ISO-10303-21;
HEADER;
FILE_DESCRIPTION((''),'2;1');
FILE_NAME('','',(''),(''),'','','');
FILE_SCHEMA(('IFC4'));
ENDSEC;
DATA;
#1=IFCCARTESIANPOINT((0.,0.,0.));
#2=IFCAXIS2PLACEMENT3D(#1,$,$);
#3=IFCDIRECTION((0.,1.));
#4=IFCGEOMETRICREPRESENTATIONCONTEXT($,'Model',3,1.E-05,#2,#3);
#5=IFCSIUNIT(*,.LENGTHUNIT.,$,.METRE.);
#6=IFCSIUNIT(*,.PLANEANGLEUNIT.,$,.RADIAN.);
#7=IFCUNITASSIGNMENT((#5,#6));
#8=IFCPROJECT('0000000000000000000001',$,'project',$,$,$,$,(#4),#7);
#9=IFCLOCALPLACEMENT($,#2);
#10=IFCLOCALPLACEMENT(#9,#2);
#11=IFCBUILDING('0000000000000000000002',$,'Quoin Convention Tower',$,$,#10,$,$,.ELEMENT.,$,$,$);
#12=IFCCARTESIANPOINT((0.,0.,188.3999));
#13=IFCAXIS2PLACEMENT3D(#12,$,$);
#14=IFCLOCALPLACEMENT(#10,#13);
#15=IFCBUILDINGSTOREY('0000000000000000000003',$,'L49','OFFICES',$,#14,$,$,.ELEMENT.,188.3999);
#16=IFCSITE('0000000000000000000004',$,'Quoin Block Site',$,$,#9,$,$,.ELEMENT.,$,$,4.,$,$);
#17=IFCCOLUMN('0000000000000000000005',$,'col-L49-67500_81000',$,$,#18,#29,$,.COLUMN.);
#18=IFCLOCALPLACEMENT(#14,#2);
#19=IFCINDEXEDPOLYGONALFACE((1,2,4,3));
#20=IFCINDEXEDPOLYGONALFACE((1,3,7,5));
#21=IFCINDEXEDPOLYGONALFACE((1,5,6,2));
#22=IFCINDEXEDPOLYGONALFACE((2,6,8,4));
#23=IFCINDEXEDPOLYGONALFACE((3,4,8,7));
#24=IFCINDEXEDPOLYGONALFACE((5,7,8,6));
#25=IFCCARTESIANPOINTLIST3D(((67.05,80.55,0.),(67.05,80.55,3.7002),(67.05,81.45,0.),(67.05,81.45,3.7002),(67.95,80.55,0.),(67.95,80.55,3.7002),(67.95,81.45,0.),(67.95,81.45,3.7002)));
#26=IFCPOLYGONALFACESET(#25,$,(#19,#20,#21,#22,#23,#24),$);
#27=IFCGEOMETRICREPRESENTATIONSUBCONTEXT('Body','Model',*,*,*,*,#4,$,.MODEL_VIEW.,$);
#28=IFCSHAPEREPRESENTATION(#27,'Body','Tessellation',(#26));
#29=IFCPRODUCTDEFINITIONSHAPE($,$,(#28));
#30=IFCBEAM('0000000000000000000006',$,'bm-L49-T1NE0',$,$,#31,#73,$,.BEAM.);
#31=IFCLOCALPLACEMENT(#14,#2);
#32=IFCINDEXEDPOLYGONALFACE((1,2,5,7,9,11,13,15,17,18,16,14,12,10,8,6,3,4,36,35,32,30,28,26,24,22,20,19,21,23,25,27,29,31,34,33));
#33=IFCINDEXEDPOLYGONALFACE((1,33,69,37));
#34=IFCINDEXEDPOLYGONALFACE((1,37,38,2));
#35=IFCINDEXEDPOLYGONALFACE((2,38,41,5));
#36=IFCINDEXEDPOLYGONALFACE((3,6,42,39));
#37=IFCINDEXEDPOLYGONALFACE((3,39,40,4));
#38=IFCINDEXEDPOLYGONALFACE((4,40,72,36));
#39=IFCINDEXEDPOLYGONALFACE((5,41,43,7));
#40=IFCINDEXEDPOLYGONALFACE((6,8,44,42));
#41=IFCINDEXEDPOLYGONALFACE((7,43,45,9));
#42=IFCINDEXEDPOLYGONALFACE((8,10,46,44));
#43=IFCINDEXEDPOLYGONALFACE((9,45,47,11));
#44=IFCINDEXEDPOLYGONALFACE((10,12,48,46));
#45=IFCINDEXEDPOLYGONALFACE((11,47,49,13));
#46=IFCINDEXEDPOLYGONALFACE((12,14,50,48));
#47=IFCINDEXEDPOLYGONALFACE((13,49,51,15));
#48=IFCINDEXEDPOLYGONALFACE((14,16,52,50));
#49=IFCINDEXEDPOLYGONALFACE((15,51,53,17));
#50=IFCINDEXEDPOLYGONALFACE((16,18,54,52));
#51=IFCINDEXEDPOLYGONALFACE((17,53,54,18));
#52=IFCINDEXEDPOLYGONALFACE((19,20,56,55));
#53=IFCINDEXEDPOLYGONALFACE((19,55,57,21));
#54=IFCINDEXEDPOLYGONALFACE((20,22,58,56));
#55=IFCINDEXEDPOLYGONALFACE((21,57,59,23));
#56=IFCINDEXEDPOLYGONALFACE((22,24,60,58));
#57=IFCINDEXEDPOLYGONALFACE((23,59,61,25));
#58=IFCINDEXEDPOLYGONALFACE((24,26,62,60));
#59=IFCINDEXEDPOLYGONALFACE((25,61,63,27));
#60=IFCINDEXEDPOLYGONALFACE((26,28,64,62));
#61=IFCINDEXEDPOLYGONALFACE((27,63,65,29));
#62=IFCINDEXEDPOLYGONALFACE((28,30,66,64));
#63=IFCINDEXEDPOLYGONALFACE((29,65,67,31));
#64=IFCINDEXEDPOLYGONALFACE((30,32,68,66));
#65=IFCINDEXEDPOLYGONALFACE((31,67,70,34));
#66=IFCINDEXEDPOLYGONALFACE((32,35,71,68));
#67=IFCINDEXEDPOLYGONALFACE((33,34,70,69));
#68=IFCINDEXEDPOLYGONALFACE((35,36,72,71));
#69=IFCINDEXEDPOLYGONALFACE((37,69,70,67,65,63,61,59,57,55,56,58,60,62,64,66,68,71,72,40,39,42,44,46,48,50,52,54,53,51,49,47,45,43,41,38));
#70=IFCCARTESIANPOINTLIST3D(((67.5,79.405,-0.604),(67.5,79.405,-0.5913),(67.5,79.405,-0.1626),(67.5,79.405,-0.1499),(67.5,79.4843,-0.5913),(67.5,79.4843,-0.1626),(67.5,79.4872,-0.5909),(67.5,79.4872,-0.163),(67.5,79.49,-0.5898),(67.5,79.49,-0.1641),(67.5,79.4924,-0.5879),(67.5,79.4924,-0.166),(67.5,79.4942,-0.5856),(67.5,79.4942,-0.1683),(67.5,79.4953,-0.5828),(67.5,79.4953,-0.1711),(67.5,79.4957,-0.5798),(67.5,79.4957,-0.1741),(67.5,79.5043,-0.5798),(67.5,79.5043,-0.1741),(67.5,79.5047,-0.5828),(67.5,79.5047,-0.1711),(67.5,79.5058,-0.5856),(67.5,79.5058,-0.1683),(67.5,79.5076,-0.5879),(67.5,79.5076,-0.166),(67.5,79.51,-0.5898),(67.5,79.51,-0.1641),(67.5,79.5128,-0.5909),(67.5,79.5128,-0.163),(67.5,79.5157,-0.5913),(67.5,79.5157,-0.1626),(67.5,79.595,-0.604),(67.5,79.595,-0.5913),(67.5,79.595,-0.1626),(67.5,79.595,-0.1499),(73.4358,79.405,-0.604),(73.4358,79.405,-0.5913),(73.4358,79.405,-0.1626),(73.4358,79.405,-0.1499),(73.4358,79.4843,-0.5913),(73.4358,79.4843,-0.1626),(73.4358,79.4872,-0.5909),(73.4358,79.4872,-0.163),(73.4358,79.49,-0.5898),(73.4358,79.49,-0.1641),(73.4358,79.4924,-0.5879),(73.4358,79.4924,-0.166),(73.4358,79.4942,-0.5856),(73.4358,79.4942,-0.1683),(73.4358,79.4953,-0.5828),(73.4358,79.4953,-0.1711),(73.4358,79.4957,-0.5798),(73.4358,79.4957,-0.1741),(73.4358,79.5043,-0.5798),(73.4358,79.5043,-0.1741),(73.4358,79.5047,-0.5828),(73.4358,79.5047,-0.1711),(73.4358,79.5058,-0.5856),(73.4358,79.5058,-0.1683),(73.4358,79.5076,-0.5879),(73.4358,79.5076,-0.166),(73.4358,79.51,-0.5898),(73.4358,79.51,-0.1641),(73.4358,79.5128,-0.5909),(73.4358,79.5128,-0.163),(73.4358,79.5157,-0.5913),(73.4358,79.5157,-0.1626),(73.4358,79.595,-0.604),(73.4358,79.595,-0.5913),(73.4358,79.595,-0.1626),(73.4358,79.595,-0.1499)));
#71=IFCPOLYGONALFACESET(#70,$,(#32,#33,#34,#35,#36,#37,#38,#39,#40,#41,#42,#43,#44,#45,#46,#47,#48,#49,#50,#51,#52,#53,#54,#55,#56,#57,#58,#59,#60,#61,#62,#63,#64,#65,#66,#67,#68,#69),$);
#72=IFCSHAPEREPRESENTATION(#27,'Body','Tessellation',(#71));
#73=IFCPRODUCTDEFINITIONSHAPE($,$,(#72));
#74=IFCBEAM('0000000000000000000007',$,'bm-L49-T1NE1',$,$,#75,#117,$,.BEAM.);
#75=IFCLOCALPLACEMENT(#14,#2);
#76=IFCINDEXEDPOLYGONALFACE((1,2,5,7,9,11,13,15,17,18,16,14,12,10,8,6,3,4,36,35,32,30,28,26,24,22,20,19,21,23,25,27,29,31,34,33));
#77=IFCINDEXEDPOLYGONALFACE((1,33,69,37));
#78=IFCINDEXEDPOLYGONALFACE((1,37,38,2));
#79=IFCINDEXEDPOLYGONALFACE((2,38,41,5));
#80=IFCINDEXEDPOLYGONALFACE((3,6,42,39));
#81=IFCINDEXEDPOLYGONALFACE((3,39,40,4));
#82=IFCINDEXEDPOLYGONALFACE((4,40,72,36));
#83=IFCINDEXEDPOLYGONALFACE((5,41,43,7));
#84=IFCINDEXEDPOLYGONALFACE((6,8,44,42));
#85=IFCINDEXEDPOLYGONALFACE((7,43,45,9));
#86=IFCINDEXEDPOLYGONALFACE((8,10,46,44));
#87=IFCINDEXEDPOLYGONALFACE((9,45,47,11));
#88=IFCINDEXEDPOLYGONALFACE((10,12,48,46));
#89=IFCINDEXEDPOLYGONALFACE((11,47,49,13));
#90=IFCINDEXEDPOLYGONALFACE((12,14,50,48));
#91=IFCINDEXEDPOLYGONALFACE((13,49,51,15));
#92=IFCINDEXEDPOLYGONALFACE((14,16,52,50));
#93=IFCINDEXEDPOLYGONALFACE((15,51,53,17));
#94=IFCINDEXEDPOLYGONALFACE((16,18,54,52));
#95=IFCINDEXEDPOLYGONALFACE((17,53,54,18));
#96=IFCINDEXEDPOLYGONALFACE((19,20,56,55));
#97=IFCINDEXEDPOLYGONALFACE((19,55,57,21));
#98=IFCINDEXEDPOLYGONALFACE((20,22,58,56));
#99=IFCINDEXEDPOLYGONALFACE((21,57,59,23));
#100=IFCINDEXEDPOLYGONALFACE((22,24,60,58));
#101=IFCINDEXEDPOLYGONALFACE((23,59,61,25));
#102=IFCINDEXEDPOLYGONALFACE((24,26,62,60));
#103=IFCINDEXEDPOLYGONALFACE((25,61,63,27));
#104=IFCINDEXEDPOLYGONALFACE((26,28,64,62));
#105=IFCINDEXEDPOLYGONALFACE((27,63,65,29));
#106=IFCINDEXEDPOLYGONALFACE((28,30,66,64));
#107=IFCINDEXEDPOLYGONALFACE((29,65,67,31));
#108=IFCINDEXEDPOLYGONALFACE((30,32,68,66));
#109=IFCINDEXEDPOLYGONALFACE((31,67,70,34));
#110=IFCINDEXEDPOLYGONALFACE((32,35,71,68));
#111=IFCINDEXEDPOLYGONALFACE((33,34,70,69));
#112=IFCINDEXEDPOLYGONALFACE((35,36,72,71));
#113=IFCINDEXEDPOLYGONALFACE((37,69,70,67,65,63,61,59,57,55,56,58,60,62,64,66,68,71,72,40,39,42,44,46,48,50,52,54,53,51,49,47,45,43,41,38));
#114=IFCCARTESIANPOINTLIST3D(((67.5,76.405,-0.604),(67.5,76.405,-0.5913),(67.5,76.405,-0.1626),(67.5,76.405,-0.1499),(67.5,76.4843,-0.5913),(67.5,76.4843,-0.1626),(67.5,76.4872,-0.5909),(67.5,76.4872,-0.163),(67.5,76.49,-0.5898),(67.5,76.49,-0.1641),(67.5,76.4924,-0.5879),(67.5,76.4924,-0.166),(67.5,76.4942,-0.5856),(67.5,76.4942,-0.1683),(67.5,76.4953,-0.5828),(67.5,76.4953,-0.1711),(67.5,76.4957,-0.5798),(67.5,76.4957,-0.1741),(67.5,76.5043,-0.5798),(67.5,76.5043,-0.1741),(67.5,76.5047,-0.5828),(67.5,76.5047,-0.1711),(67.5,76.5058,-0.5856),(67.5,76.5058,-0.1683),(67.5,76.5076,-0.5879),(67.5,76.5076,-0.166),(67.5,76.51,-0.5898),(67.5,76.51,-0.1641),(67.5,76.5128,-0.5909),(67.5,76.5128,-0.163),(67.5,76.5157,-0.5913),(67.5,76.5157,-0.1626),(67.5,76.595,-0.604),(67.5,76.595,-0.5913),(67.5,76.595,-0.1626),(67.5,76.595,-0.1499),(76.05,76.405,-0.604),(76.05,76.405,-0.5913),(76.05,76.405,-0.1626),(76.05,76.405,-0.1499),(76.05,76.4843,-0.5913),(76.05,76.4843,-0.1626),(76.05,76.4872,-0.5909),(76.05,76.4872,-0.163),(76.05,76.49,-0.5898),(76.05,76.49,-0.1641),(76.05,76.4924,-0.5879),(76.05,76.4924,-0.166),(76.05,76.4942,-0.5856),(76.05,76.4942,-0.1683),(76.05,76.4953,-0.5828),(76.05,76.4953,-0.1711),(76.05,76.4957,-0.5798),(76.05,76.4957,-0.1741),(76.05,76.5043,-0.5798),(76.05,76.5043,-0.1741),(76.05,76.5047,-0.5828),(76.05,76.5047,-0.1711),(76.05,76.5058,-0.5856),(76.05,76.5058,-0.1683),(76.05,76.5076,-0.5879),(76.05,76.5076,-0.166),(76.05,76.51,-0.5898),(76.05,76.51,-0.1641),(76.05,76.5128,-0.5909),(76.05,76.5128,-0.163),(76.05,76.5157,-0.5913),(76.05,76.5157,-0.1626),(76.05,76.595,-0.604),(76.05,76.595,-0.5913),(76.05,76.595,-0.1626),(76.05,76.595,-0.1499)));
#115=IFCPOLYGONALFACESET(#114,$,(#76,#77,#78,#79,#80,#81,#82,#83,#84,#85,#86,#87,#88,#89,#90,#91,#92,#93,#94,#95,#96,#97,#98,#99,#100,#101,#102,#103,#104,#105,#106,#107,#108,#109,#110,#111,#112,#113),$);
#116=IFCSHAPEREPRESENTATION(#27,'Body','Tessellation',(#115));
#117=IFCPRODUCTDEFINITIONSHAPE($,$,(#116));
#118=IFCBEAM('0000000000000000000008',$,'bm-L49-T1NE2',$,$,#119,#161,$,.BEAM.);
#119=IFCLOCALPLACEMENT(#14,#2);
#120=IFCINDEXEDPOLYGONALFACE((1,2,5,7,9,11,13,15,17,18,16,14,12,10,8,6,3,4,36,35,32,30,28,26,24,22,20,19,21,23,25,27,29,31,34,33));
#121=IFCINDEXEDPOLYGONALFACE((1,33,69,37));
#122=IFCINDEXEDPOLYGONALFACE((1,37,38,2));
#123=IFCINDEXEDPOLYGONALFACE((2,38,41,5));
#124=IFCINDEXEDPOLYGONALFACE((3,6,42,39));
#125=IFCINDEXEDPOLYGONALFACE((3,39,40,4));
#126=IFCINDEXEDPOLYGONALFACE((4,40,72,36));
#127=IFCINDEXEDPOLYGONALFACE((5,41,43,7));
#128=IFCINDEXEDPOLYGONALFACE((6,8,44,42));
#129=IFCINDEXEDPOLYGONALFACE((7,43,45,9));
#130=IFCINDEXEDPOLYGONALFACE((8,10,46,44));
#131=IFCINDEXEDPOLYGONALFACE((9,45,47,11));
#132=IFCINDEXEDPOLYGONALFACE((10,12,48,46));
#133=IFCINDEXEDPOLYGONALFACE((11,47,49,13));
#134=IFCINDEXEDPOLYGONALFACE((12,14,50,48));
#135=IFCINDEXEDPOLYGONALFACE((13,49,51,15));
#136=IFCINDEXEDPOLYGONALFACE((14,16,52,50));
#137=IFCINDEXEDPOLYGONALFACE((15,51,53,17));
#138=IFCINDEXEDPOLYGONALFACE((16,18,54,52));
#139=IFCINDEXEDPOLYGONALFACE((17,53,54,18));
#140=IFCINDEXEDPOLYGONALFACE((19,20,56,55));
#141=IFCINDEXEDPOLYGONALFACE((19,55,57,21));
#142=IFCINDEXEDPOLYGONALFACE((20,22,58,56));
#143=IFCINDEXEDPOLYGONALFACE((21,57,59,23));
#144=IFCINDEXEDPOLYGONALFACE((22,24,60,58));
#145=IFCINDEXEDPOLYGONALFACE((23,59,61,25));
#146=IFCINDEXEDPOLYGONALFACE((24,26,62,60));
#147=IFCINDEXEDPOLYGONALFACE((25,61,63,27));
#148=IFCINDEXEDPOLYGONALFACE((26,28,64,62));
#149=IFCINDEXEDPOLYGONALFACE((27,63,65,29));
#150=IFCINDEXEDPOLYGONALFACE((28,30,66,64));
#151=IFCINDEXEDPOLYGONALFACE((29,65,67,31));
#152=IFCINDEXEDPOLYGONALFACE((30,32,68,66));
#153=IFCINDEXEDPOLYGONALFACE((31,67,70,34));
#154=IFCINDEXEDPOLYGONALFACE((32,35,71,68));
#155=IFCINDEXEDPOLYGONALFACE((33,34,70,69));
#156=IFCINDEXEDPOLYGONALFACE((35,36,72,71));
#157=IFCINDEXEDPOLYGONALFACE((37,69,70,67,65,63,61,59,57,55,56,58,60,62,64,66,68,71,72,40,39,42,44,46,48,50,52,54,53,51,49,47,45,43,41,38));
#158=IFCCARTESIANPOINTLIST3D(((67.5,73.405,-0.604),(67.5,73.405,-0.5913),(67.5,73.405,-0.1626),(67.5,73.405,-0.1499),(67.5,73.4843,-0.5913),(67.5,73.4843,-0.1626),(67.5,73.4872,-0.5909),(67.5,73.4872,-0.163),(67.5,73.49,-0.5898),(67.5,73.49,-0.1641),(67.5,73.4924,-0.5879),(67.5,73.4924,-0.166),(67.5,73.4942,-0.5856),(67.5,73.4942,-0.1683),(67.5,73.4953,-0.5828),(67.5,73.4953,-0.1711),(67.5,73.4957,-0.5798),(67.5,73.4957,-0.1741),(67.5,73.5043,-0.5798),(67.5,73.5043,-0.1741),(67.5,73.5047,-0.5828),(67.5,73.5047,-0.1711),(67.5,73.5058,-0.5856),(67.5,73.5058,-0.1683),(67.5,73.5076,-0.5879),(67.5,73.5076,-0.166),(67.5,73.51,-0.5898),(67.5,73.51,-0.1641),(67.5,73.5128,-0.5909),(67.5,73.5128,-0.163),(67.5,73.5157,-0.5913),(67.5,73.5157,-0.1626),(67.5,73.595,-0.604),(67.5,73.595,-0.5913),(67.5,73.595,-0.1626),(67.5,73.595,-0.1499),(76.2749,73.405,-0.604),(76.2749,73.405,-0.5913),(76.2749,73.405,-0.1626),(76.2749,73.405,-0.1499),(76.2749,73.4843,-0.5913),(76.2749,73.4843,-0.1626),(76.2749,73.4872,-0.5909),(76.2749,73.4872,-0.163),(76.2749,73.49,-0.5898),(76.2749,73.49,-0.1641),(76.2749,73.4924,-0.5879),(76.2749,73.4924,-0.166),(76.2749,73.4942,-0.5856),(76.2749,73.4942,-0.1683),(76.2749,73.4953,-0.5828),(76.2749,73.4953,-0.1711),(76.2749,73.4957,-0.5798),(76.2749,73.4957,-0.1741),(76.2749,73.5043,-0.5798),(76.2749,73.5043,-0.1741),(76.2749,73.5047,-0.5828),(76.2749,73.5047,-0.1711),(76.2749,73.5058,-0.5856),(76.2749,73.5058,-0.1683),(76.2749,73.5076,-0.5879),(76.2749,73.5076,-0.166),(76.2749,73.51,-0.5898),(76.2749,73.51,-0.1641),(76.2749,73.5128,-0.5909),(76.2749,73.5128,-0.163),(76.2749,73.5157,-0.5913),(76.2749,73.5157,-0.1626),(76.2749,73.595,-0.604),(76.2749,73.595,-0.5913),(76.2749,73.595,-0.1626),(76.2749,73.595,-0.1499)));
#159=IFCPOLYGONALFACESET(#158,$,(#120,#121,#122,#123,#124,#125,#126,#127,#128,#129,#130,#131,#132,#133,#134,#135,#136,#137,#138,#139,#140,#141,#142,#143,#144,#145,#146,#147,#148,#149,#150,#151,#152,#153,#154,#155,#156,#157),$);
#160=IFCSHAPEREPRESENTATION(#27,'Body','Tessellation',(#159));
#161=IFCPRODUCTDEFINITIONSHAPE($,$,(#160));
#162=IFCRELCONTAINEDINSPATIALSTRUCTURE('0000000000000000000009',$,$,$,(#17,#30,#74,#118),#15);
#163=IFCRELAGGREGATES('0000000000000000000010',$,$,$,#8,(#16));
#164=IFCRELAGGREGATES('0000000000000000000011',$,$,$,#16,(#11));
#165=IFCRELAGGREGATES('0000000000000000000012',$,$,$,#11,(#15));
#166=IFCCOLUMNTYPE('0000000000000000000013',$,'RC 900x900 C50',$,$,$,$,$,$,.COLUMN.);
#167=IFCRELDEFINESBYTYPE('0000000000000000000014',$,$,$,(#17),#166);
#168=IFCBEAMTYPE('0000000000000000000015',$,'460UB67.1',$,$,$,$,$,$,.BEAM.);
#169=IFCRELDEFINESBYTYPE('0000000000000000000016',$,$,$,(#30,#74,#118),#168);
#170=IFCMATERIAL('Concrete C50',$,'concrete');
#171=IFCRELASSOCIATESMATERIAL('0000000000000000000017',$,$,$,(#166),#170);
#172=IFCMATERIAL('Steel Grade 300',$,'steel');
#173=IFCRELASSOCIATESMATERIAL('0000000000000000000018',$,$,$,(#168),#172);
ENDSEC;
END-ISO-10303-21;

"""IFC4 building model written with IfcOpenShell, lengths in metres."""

from ifc_helpers import new_model, si_unit, direction, frame, origin, origin_2d, place, context, subcontext, project, spatial, rectangle, i_section, extrude, material, material_profile, profile_set, type_object, element, save


model = new_model("IFC4")

# Units and contexts
model_context = context("Model", 3, precision=1e-05, world=origin(), true_north=direction((0.0, 1.0)))
body_context = subcontext(model_context, "Body", "Model", "MODEL_VIEW")
ifc_project = project(units=[si_unit("LENGTHUNIT", "METRE"), si_unit("PLANEANGLEUNIT", "RADIAN")], contexts=[model_context])

# Site, building, storey
site_placement = place(None, origin())
site = spatial("IfcSite", under=ifc_project, at=site_placement, Name="Quoin Block Site", CompositionType="ELEMENT", RefElevation=4.0)
building_placement = place(site_placement, origin())
building = spatial("IfcBuilding", under=site, at=building_placement, Name="Quoin Convention Tower", CompositionType="ELEMENT")
storey_placement = place(building_placement, frame((0.0, 0.0, 188.3999)))
storey = spatial("IfcBuildingStorey", under=building, at=storey_placement, Name="L49", Description="OFFICES", CompositionType="ELEMENT", Elevation=188.3999)

# Column
ifc_material_1 = material(Name="Concrete C50", Category="concrete")
ifc_material_profile_1 = material_profile(ifc_material_1, rectangle(XDim=0.8999, YDim=0.8999, at=origin_2d()), Name="RC 900x900")
ifc_profile_set_1 = profile_set([ifc_material_profile_1], Name="Concrete C50")
column_type = type_object("IfcColumnType", Name="RC 900x900 C50", PredefinedType="COLUMN", material=ifc_profile_set_1)
column_placement = place(storey_placement, frame((67.5, 81.0, 0.0), z_axis=(0.0, 0.0, 1.0), x_axis=(1.0, 0.0, 0.0)))
element("IfcColumn", 1, at=column_placement, inside=storey, type_object=column_type, Name="col-L49-67500_81000", PredefinedType="COLUMN", context=body_context, shape_type="SweptSolid", body=[
    extrude(rectangle(XDim=0.8999, YDim=0.8999, at=origin_2d()), origin(), (0.0, 0.0, 1.0), 3.7002),
])

# Beams
ifc_material_2 = material(Name="Steel Grade 300", Category="steel")
ifc_material_profile_2 = material_profile(ifc_material_2, i_section(OverallWidth=0.1899, OverallDepth=0.4541, WebThickness=0.0085, FlangeThickness=0.0127, FilletRadius=0.0115, at=origin_2d()), Name="460UB67.1")
ifc_profile_set_2 = profile_set([ifc_material_profile_2], Name="Steel Grade 300")
beam_type_1 = type_object("IfcBeamType", Name="460UB67.1", PredefinedType="BEAM", material=ifc_profile_set_2)
beam_1_placement = place(storey_placement, frame((67.5, 79.5, -0.377), z_axis=(1.0, 0.0, 0.0), x_axis=(0.0, 1.0, 0.0)))
element("IfcBeam", 2, at=beam_1_placement, inside=storey, type_object=beam_type_1, Name="bm-L49-T1NE0", PredefinedType="BEAM", context=body_context, shape_type="SweptSolid", body=[
    extrude(i_section(OverallWidth=0.1899, OverallDepth=0.4541, WebThickness=0.0085, FlangeThickness=0.0127, FilletRadius=0.0115, at=origin_2d()), origin(), (0.0, 0.0, 1.0), 5.9358),
])
beam_2_placement = place(storey_placement, frame((67.5, 76.5, -0.377), z_axis=(1.0, 0.0, 0.0), x_axis=(0.0, 1.0, 0.0)))
element("IfcBeam", 3, at=beam_2_placement, inside=storey, type_object=beam_type_1, Name="bm-L49-T1NE1", PredefinedType="BEAM", context=body_context, shape_type="SweptSolid", body=[
    extrude(i_section(OverallWidth=0.1899, OverallDepth=0.4541, WebThickness=0.0085, FlangeThickness=0.0127, FilletRadius=0.0115, at=origin_2d()), origin(), (0.0, 0.0, 1.0), 8.55),
])
beam_3_placement = place(storey_placement, frame((67.5, 73.5, -0.377), z_axis=(1.0, 0.0, 0.0), x_axis=(0.0, 1.0, 0.0)))
element("IfcBeam", 4, at=beam_3_placement, inside=storey, type_object=beam_type_1, Name="bm-L49-T1NE2", PredefinedType="BEAM", context=body_context, shape_type="SweptSolid", body=[
    extrude(i_section(OverallWidth=0.1899, OverallDepth=0.4541, WebThickness=0.0085, FlangeThickness=0.0127, FilletRadius=0.0115, at=origin_2d()), origin(), (0.0, 0.0, 1.0), 8.7749),
])

save(model, "model.ifc")
